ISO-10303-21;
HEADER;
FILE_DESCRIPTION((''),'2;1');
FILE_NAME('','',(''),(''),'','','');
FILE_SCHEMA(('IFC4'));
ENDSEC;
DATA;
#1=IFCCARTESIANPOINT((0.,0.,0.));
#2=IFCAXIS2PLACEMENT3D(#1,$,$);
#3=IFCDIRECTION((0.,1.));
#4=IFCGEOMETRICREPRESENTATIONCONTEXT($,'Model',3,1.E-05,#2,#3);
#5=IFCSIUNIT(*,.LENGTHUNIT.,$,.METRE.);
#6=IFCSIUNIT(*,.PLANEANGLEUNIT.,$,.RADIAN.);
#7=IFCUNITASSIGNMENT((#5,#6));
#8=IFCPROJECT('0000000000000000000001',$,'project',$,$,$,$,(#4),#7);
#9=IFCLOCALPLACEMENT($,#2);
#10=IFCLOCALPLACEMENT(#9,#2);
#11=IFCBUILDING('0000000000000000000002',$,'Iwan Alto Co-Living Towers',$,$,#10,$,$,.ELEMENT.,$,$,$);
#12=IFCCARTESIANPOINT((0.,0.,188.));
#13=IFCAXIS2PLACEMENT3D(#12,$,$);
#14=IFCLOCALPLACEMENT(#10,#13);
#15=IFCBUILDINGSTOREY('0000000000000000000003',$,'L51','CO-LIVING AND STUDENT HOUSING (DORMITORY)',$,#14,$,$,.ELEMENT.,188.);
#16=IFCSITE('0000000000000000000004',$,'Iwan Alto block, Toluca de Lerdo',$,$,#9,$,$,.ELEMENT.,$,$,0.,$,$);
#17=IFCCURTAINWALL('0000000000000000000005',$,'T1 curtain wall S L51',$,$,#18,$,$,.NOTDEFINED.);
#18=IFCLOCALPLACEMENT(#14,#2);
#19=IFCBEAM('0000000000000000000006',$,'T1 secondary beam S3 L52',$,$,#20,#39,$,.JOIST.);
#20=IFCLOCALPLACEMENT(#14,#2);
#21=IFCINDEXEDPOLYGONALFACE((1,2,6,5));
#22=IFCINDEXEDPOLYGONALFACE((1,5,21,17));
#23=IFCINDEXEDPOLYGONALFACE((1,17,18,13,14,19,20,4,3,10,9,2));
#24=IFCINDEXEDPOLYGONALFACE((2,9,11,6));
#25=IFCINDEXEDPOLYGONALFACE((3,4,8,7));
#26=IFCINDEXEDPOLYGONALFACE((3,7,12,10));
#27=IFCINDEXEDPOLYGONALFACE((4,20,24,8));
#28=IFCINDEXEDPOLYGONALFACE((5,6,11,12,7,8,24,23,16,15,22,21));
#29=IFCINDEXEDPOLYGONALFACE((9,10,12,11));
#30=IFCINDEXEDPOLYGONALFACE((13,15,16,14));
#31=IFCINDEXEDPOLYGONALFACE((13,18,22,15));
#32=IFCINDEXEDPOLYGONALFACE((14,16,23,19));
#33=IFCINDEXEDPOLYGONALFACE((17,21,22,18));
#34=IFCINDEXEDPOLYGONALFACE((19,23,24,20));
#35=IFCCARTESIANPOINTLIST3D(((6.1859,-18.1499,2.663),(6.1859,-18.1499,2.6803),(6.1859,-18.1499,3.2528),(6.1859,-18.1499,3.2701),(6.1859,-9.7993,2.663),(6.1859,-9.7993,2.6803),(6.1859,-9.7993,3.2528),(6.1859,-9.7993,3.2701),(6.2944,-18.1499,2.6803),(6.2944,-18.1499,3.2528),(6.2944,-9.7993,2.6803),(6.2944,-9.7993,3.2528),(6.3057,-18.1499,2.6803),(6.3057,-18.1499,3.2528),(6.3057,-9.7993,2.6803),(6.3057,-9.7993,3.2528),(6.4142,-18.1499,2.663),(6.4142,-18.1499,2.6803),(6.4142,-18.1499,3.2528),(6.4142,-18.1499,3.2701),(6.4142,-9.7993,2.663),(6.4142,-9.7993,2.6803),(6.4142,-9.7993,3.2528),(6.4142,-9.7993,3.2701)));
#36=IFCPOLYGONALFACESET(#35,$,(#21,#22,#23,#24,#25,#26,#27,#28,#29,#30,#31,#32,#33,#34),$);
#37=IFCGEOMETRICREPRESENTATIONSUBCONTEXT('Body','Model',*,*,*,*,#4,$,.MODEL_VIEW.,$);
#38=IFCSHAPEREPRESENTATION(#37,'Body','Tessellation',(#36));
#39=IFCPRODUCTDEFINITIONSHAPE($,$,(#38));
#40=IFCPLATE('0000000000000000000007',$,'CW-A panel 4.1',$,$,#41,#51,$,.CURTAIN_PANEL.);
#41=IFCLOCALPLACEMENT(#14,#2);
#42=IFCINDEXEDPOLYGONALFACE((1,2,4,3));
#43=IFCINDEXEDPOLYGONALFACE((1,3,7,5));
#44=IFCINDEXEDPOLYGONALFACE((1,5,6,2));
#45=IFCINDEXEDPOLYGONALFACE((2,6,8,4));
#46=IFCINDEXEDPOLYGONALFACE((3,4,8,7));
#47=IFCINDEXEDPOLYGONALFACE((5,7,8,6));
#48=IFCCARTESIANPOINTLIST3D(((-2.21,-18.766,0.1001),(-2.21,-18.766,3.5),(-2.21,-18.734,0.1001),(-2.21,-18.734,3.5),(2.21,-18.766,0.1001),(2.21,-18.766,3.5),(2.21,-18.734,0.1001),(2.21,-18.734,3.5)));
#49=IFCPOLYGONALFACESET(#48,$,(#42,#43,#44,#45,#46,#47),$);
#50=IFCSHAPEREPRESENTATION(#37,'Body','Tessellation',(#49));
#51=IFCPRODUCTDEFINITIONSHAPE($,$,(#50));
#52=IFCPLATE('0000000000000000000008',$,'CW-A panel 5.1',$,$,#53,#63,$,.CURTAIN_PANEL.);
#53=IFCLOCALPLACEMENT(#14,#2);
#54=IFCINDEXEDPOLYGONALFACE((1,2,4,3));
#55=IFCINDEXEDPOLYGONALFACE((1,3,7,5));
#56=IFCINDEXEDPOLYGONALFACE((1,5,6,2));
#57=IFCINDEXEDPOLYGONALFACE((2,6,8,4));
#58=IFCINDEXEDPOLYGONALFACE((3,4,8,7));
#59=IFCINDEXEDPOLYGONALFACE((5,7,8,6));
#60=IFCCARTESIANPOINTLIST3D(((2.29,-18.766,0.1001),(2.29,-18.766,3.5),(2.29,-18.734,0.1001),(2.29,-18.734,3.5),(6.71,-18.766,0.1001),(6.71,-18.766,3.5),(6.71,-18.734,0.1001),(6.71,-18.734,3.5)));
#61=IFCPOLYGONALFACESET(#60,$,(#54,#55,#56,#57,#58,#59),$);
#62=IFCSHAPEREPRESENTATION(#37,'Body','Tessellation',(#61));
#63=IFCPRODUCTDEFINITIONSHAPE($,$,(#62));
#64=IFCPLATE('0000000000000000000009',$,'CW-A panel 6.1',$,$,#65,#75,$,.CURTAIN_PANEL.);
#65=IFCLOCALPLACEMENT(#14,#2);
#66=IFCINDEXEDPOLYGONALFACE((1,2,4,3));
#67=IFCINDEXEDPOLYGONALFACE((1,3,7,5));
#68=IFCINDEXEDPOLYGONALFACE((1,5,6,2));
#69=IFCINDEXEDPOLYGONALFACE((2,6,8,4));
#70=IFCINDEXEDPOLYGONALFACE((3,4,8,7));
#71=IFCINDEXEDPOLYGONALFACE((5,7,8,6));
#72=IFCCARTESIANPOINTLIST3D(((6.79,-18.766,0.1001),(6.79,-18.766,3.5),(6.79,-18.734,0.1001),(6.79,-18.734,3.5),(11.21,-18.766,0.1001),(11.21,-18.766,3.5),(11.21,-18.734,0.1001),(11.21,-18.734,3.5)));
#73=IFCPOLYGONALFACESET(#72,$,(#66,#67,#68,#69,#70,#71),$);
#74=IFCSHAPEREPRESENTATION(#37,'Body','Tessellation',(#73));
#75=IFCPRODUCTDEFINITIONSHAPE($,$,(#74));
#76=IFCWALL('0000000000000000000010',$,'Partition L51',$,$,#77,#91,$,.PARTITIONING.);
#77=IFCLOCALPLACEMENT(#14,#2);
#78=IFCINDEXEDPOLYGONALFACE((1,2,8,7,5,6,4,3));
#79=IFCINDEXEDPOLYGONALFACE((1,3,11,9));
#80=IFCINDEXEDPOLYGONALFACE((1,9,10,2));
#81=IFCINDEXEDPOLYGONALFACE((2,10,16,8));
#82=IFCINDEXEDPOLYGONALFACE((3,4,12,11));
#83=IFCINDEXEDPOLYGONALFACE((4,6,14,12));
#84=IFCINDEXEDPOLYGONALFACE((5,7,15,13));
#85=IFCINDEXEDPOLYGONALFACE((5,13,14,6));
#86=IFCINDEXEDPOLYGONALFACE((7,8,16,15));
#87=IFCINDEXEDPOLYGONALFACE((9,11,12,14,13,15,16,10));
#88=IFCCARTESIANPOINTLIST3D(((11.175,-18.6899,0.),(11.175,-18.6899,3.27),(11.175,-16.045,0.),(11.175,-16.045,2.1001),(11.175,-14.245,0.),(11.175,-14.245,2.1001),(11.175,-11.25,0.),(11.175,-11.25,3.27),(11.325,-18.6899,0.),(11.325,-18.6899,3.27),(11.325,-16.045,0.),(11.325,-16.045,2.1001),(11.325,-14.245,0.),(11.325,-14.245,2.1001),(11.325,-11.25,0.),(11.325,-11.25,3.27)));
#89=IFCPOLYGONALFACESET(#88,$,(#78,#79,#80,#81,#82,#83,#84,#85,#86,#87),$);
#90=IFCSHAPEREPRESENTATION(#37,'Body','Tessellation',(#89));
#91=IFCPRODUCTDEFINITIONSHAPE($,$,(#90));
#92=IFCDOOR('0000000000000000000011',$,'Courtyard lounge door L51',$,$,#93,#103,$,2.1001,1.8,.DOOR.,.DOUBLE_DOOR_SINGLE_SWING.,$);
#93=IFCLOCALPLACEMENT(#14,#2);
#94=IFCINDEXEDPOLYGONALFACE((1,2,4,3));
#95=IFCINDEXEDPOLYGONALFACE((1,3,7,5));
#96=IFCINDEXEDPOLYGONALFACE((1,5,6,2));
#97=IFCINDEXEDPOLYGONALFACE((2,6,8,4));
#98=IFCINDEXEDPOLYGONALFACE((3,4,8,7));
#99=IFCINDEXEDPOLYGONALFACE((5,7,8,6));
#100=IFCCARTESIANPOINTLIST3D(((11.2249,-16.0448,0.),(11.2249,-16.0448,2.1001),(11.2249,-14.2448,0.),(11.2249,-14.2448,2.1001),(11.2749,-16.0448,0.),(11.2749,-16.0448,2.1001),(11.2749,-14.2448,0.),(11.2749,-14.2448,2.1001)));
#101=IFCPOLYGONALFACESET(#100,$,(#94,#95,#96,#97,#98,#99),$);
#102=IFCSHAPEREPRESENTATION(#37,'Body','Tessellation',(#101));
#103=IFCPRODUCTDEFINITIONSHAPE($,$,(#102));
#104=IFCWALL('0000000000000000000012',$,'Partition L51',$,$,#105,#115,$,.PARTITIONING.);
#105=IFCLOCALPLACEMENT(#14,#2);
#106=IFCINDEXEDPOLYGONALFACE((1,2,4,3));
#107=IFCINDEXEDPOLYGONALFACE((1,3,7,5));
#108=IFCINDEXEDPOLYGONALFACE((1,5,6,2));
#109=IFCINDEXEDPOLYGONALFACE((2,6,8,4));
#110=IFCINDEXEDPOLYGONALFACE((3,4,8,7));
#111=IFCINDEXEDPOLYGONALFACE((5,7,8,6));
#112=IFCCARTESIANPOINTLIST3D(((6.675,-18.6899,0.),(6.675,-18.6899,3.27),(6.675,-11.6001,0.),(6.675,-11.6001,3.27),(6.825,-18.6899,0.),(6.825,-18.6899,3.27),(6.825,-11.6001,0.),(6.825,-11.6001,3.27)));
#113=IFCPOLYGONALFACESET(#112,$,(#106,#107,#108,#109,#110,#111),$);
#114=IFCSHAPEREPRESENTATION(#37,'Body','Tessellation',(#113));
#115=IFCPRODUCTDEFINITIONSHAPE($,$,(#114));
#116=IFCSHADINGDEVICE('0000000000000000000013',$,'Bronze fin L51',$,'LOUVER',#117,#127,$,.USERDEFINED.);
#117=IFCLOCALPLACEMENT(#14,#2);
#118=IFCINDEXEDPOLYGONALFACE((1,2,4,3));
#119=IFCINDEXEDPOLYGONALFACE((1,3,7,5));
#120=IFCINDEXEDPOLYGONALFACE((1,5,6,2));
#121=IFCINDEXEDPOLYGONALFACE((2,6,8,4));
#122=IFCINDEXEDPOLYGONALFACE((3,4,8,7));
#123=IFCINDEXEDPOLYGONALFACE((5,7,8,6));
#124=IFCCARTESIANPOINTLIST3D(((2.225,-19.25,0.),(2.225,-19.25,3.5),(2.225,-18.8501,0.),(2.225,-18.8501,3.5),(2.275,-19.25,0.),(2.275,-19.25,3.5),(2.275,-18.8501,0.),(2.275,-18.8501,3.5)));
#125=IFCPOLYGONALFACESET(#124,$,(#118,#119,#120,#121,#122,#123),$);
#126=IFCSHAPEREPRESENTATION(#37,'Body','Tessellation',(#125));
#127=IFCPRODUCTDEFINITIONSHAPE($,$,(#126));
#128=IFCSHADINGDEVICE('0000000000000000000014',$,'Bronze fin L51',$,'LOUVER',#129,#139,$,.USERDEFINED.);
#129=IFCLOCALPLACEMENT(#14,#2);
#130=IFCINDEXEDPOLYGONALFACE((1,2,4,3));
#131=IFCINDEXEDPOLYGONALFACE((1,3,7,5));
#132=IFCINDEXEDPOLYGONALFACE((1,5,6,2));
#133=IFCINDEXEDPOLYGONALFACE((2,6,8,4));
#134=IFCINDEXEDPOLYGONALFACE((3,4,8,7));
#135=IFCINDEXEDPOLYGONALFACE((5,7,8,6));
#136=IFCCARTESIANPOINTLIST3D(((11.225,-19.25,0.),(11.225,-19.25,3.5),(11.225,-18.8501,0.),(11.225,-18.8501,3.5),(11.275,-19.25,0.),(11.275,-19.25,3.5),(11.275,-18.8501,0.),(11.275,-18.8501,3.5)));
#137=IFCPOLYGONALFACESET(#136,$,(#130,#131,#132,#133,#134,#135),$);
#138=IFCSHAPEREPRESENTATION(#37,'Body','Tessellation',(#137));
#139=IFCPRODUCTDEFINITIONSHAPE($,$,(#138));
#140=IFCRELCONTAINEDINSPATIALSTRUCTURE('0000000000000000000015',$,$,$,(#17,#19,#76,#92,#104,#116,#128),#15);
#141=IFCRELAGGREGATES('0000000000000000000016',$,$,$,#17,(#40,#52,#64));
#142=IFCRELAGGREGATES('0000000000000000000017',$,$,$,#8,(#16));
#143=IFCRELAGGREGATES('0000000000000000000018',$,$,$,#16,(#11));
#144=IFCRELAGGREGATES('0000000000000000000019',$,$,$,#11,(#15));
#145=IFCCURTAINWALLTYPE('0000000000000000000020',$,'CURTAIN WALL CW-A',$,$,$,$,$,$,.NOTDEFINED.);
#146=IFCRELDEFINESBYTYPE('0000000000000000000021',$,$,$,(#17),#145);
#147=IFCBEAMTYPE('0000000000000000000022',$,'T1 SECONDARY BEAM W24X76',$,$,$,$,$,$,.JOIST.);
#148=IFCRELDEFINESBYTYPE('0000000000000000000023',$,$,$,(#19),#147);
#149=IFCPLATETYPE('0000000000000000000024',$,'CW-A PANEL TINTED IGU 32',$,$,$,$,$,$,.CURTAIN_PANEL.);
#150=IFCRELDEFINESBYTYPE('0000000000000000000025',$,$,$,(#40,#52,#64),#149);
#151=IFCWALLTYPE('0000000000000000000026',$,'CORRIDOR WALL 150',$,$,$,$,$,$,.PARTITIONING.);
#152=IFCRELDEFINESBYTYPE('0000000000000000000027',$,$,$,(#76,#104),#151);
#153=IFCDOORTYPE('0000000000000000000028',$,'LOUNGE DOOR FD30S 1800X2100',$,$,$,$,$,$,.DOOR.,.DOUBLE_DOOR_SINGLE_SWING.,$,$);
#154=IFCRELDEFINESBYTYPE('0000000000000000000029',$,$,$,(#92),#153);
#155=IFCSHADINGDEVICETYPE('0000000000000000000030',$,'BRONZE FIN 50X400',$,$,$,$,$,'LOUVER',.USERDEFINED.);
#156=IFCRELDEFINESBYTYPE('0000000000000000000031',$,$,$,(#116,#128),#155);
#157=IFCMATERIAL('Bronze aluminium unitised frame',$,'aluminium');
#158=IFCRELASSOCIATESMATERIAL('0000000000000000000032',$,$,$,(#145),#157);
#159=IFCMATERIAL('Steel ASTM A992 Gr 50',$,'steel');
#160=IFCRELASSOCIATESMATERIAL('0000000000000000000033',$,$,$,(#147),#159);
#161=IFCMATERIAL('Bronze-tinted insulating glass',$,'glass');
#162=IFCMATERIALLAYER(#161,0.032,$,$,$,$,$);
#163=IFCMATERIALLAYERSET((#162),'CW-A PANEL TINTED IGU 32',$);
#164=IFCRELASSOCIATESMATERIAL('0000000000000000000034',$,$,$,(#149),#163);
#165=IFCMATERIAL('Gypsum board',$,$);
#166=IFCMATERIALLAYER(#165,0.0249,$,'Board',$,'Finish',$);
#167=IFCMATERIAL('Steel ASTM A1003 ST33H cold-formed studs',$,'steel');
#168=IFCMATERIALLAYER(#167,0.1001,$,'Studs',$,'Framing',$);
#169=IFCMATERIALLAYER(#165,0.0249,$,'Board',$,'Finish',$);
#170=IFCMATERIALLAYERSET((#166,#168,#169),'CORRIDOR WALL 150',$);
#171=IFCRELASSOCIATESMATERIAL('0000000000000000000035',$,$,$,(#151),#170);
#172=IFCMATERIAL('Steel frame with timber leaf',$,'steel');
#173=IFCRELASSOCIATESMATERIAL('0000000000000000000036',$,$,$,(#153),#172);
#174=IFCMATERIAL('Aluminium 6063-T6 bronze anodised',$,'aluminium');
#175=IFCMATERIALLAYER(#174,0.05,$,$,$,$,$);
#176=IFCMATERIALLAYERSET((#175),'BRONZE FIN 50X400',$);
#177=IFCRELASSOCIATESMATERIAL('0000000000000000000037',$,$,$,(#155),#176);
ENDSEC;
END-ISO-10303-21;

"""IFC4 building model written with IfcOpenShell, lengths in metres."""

from ifc_helpers import new_model, si_unit, direction, frame, frame_2d, origin, origin_2d, place, context, subcontext, project, spatial, rectangle, i_section, extrude, material, layer, layer_set, material_profile, profile_set, type_object, element, fill, aggregate, save


model = new_model("IFC4")

# Units and contexts
model_context = context("Model", 3, precision=1e-05, world=origin(), true_north=direction((0.0, 1.0)))
body_context = subcontext(model_context, "Body", "Model", "MODEL_VIEW")
ifc_project = project(units=[si_unit("LENGTHUNIT", "METRE"), si_unit("PLANEANGLEUNIT", "RADIAN")], contexts=[model_context])

# Site, building, storey
site_placement = place(None, origin())
site = spatial("IfcSite", under=ifc_project, at=site_placement, Name="Iwan Alto block, Toluca de Lerdo", CompositionType="ELEMENT", RefElevation=0.0)
building_placement = place(site_placement, origin())
building = spatial("IfcBuilding", under=site, at=building_placement, Name="Iwan Alto Co-Living Towers", CompositionType="ELEMENT")
storey_placement = place(building_placement, frame((0.0, 0.0, 188.0)))
storey = spatial("IfcBuildingStorey", under=building, at=storey_placement, Name="L51", Description="CO-LIVING AND STUDENT HOUSING (DORMITORY)", CompositionType="ELEMENT", Elevation=188.0)

# Curtain wall
ifc_material_1 = material(Name="Bronze aluminium unitised frame", Category="aluminium")
curtain_wall_type = type_object("IfcCurtainWallType", Name="CURTAIN WALL CW-A", PredefinedType="NOTDEFINED", material=ifc_material_1)
curtain_wall_placement = place(storey_placement, origin())
curtain_wall = element("IfcCurtainWall", 1, at=curtain_wall_placement, inside=storey, type_object=curtain_wall_type, Name="T1 curtain wall S L51", PredefinedType="NOTDEFINED")

# Beam
ifc_material_2 = material(Name="Steel ASTM A992 Gr 50", Category="steel")
ifc_material_profile_1 = material_profile(ifc_material_2, i_section(OverallWidth=0.2283, OverallDepth=0.6072, WebThickness=0.0112, FlangeThickness=0.0173, at=origin_2d()), Name="W24X76")
ifc_profile_set_1 = profile_set([ifc_material_profile_1], Name="Steel ASTM A992 Gr 50")
beam_type_1 = type_object("IfcBeamType", Name="T1 SECONDARY BEAM W24X76", PredefinedType="JOIST", material=ifc_profile_set_1)
for number, where, z_axis, x_axis, name in (
    (2, (6.3, -18.1499, 2.9666), (0.0, 1.0, 0.0), (-1.0, 0.0, 0.0), "T1 secondary beam S3 L52"),
):
    element("IfcBeam", number, at=place(storey_placement, frame(where, z_axis=z_axis, x_axis=x_axis)), inside=storey, type_object=beam_type_1, Name=name, PredefinedType="JOIST", context=body_context, shape_type="SweptSolid", body=[
        extrude(i_section(OverallWidth=0.2283, OverallDepth=0.6072, WebThickness=0.0112, FlangeThickness=0.0173, at=origin_2d()), origin(), (0.0, 0.0, 1.0), 8.3506),
    ])

# Plates
ifc_material_3 = material(Name="Bronze-tinted insulating glass", Category="glass")
ifc_layer_1 = layer(ifc_material_3, 0.032)
ifc_layer_set_1 = layer_set([ifc_layer_1], Name="CW-A PANEL TINTED IGU 32")
plate_type = type_object("IfcPlateType", Name="CW-A PANEL TINTED IGU 32", PredefinedType="CURTAIN_PANEL", material=ifc_layer_set_1)
plate_1_placement = place(storey_placement, frame((0.0, -18.75, 0.1001), z_axis=(0.0, 0.0, 1.0), x_axis=(1.0, 0.0, 0.0)))
plate_1 = element("IfcPlate", 3, at=plate_1_placement, type_object=plate_type, Name="CW-A panel 4.1", PredefinedType="CURTAIN_PANEL", context=body_context, shape_type="SweptSolid", body=[
    extrude(rectangle(XDim=4.4199, YDim=0.032, at=origin_2d()), origin(), (0.0, 0.0, 1.0), 3.3999),
])
plate_2_placement = place(storey_placement, frame((4.5, -18.75, 0.1001), z_axis=(0.0, 0.0, 1.0), x_axis=(1.0, 0.0, 0.0)))
plate_2 = element("IfcPlate", 4, at=plate_2_placement, type_object=plate_type, Name="CW-A panel 5.1", PredefinedType="CURTAIN_PANEL", context=body_context, shape_type="SweptSolid", body=[
    extrude(rectangle(XDim=4.4199, YDim=0.032, at=origin_2d()), origin(), (0.0, 0.0, 1.0), 3.3999),
])
plate_3_placement = place(storey_placement, frame((9.0, -18.75, 0.1001), z_axis=(0.0, 0.0, 1.0), x_axis=(1.0, 0.0, 0.0)))
plate_3 = element("IfcPlate", 5, at=plate_3_placement, type_object=plate_type, Name="CW-A panel 6.1", PredefinedType="CURTAIN_PANEL", context=body_context, shape_type="SweptSolid", body=[
    extrude(rectangle(XDim=4.4199, YDim=0.032, at=origin_2d()), origin(), (0.0, 0.0, 1.0), 3.3999),
])
aggregate(curtain_wall, [plate_1, plate_2, plate_3])

# Wall, opening, door
ifc_material_4 = material(Name="Gypsum board")
ifc_layer_2 = layer(ifc_material_4, 0.0249, Name="Board", Category="Finish")
ifc_material_5 = material(Name="Steel ASTM A1003 ST33H cold-formed studs", Category="steel")
ifc_layer_3 = layer(ifc_material_5, 0.1001, Name="Studs", Category="Framing")
ifc_layer_4 = layer(ifc_material_4, 0.0249, Name="Board", Category="Finish")
ifc_layer_set_2 = layer_set([ifc_layer_2, ifc_layer_3, ifc_layer_4], Name="CORRIDOR WALL 150")
wall_type = type_object("IfcWallType", Name="CORRIDOR WALL 150", PredefinedType="PARTITIONING", material=ifc_layer_set_2)
wall_1_placement = place(storey_placement, frame((11.25, -18.6899, 0.0), z_axis=(0.0, 0.0, 1.0), x_axis=(0.0, 1.0, 0.0)))
wall_1 = element("IfcWall", 6, at=wall_1_placement, inside=storey, type_object=wall_type, Name="Partition L51", PredefinedType="PARTITIONING", context=body_context, shape_type="SweptSolid", body=[
    extrude(rectangle(XDim=7.4399, YDim=0.1499, at=frame_2d((3.72, 0.0))), origin(), (0.0, 0.0, 1.0), 3.27),
])
opening_placement = place(wall_1_placement, frame((2.645, 0.0, 0.0)))
opening = element("IfcOpeningElement", 7, at=opening_placement, cuts=wall_1, PredefinedType="OPENING", context=body_context, shape_type="SweptSolid", body=[
    extrude(rectangle(XDim=1.8, YDim=2.1001, at=frame_2d((0.8999, 1.05))), frame((0.0, 0.085, 0.0), z_axis=(0.0, -1.0, 0.0), x_axis=(1.0, 0.0, 0.0)), (0.0, 0.0, 1.0), 0.1699),
])
ifc_material_6 = material(Name="Steel frame with timber leaf", Category="steel")
door_type = type_object("IfcDoorType", Name="LOUNGE DOOR FD30S 1800X2100", OperationType="DOUBLE_DOOR_SINGLE_SWING", PredefinedType="DOOR", material=ifc_material_6)
door_placement = place(opening_placement, frame((1.8, 0.0, 0.0), z_axis=(0.0, 0.0, 1.0), x_axis=(-1.0, 0.0, 0.0)))
door = element("IfcDoor", 8, at=door_placement, inside=storey, type_object=door_type, Name="Courtyard lounge door L51", OperationType="DOUBLE_DOOR_SINGLE_SWING", OverallHeight=2.1001, OverallWidth=1.8, PredefinedType="DOOR", context=body_context, shape_type="SweptSolid", body=[
    extrude(rectangle(XDim=1.8, YDim=2.1001, at=frame_2d((0.8999, 1.05))), frame((0.0, 0.0249, 0.0), z_axis=(0.0, -1.0, 0.0), x_axis=(1.0, 0.0, 0.0)), (0.0, 0.0, 1.0), 0.05),
])
fill(opening, door)

# Wall
wall_2_placement = place(storey_placement, frame((6.75, -18.6899, 0.0), z_axis=(0.0, 0.0, 1.0), x_axis=(0.0, 1.0, 0.0)))
element("IfcWall", 9, at=wall_2_placement, inside=storey, type_object=wall_type, Name="Partition L51", PredefinedType="PARTITIONING", context=body_context, shape_type="SweptSolid", body=[
    extrude(rectangle(XDim=7.0898, YDim=0.1499, at=frame_2d((3.5449, 0.0))), origin(), (0.0, 0.0, 1.0), 3.27),
])

# Shading devices
ifc_material_7 = material(Name="Aluminium 6063-T6 bronze anodised", Category="aluminium")
ifc_layer_5 = layer(ifc_material_7, 0.05)
ifc_layer_set_3 = layer_set([ifc_layer_5], Name="BRONZE FIN 50X400")
shading_device_type = type_object("IfcShadingDeviceType", Name="BRONZE FIN 50X400", ElementType="LOUVER", PredefinedType="USERDEFINED", material=ifc_layer_set_3)
for number, where, z_axis, x_axis, name in (
    (10, (2.25, -19.05, 0.0), (0.0, 0.0, 1.0), (1.0, 0.0, 0.0), "Bronze fin L51"),
    (11, (11.25, -19.05, 0.0), (0.0, 0.0, 1.0), (1.0, 0.0, 0.0), "Bronze fin L51"),
):
    element("IfcShadingDevice", number, at=place(storey_placement, frame(where, z_axis=z_axis, x_axis=x_axis)), inside=storey, type_object=shading_device_type, Name=name, ObjectType="LOUVER", PredefinedType="USERDEFINED", context=body_context, shape_type="SweptSolid", body=[
        extrude(rectangle(XDim=0.05, YDim=0.3999, at=origin_2d()), origin(), (0.0, 0.0, 1.0), 3.5),
    ])

save(model, "model.ifc")
